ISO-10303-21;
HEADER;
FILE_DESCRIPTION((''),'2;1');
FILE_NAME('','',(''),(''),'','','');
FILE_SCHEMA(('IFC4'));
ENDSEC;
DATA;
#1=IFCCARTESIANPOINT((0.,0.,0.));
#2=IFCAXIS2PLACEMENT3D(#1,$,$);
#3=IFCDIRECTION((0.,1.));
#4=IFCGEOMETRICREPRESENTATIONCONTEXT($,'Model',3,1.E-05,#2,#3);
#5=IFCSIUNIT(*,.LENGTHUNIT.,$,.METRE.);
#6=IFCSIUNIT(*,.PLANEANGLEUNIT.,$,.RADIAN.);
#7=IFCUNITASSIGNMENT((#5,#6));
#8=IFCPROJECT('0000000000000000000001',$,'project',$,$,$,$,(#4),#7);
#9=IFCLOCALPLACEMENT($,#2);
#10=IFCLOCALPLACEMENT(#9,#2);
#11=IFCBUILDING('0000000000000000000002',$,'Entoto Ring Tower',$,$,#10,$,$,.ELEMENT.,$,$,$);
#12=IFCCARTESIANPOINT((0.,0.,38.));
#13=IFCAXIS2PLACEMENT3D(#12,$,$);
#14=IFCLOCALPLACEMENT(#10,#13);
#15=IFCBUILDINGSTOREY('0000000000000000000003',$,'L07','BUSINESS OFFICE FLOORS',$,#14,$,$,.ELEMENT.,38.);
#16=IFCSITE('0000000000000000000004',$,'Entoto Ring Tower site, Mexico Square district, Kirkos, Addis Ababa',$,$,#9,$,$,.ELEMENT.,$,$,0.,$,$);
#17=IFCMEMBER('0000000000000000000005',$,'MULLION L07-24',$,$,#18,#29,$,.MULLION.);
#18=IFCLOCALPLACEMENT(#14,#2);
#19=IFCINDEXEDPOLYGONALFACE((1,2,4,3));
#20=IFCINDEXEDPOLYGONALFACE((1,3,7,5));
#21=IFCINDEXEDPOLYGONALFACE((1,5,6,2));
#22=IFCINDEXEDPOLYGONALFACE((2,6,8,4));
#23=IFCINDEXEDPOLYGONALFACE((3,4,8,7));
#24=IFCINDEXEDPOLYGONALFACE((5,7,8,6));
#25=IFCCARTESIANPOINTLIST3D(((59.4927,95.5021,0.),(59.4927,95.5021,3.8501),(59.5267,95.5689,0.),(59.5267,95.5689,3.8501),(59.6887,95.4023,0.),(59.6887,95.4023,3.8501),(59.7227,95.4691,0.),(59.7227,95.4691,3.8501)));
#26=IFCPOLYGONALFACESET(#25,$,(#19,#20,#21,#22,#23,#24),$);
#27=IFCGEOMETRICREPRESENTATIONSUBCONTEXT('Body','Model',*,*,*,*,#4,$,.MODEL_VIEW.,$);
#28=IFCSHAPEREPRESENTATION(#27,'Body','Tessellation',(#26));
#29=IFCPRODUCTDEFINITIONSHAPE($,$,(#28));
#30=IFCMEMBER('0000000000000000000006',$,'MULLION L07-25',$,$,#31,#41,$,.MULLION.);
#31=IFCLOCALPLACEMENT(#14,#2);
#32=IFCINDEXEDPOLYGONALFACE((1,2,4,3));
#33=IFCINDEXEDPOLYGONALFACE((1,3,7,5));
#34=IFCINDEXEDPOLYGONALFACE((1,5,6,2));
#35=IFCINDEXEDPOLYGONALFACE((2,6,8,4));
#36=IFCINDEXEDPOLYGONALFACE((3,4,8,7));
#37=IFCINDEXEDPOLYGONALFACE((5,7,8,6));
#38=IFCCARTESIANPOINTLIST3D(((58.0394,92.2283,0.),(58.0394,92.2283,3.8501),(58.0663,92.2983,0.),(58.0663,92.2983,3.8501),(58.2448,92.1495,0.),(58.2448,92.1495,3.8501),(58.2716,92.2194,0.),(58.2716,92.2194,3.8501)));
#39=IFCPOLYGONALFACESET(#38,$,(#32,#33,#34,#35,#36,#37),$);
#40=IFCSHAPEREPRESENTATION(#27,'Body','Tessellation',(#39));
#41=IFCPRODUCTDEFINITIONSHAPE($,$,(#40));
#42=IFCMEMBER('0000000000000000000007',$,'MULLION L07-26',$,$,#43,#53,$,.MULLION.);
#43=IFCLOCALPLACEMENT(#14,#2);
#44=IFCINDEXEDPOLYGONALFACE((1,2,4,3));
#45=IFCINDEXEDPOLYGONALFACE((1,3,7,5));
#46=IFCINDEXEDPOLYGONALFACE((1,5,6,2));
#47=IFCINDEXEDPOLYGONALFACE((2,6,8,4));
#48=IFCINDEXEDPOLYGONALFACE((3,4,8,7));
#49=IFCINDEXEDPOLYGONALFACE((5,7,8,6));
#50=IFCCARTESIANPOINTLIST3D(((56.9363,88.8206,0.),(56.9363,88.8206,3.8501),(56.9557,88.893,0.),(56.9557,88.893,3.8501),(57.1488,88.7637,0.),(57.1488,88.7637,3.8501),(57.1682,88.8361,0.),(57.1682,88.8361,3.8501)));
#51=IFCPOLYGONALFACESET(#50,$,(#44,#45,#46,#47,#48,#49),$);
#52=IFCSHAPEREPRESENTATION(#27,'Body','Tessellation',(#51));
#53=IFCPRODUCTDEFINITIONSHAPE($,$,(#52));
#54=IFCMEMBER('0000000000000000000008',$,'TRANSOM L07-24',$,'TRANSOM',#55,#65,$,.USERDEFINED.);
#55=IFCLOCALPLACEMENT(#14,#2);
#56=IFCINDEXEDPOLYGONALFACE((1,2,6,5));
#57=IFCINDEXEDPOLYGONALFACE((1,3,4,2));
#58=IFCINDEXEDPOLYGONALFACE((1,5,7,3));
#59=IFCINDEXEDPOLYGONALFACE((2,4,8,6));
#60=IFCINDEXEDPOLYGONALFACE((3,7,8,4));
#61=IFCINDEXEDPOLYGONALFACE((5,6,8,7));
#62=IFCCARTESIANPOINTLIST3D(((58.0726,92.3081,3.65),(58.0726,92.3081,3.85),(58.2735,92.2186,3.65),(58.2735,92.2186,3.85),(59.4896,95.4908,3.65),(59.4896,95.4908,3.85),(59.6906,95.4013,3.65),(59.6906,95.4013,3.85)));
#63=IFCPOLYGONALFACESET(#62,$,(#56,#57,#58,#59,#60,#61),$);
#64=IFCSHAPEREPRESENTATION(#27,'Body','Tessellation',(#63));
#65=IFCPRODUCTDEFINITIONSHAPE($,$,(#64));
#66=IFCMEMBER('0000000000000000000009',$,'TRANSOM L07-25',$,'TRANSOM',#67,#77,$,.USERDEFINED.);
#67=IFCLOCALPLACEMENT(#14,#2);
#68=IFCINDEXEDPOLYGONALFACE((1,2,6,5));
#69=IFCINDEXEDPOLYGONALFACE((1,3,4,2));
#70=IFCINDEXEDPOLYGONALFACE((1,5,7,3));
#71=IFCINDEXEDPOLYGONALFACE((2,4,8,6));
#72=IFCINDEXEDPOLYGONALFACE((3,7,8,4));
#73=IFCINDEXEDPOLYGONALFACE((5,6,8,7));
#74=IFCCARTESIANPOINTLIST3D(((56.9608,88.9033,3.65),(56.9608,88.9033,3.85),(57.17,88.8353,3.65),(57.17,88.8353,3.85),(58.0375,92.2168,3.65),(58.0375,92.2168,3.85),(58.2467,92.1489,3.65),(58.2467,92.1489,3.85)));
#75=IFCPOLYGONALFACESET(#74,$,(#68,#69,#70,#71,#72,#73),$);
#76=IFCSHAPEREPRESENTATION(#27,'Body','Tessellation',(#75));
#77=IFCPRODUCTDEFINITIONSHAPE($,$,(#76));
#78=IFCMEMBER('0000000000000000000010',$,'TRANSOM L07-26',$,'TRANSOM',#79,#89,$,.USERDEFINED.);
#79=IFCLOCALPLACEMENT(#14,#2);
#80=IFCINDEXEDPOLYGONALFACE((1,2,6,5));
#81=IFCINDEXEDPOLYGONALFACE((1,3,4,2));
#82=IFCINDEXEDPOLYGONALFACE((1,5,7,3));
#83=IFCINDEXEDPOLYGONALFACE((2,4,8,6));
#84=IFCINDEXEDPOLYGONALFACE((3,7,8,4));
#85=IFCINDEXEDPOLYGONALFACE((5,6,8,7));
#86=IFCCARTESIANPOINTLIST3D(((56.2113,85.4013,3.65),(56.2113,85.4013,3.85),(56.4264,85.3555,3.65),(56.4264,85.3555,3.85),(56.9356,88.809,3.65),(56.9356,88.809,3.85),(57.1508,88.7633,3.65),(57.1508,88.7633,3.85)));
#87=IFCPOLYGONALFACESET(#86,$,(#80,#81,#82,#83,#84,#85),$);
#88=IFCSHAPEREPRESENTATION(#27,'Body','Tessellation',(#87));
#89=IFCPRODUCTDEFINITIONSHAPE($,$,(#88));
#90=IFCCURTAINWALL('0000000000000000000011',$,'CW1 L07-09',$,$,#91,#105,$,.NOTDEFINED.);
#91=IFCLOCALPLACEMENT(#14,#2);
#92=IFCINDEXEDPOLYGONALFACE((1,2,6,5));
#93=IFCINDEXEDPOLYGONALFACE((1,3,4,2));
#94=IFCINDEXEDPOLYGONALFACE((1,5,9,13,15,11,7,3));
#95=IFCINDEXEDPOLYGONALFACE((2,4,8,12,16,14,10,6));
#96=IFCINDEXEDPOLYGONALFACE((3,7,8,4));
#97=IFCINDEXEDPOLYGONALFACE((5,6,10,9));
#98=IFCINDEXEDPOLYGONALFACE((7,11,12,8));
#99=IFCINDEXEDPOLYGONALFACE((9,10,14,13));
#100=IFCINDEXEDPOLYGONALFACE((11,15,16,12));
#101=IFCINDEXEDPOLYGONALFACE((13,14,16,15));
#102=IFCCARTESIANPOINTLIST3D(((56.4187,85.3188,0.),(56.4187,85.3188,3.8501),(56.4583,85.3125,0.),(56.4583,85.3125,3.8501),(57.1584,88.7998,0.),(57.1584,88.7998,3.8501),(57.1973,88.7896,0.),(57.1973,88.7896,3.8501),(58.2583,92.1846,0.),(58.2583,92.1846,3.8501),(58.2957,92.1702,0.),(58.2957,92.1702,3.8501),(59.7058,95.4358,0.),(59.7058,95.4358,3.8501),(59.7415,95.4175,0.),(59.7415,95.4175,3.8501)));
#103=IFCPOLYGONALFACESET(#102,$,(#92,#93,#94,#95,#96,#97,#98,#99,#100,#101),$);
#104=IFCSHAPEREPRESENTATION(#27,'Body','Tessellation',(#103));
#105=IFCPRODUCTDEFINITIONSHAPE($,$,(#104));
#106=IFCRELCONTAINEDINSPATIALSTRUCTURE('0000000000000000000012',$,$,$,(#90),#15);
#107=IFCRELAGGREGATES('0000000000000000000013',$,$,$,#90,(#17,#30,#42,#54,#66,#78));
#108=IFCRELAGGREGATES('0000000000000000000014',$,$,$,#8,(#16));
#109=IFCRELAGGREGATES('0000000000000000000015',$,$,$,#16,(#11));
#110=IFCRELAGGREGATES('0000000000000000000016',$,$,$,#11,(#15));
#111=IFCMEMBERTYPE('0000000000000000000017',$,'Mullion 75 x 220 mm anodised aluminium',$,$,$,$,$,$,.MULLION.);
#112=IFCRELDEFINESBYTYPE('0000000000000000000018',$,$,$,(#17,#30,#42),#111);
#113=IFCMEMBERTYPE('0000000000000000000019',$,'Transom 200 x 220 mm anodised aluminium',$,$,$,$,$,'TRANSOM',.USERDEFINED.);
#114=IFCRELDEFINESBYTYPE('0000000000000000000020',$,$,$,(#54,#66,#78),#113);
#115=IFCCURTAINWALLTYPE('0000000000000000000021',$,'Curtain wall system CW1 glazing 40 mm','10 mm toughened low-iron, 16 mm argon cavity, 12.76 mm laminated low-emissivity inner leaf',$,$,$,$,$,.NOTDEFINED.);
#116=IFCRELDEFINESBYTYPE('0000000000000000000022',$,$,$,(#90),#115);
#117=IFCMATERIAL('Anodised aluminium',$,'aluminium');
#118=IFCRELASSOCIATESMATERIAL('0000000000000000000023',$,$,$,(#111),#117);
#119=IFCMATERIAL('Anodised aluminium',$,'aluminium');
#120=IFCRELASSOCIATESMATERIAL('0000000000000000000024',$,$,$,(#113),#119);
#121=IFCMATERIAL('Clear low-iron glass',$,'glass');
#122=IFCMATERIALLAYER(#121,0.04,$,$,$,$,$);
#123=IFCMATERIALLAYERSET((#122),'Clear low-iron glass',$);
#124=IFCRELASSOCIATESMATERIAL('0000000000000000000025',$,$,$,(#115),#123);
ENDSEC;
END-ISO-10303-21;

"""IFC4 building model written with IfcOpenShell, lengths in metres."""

from ifc_helpers import new_model, si_unit, direction, frame, origin, origin_2d, place, context, subcontext, project, spatial, polyline, rectangle, outline, extrude, material, layer, layer_set, material_profile, profile_set, type_object, element, aggregate, save


model = new_model("IFC4")

# Units and contexts
model_context = context("Model", 3, precision=1e-05, world=origin(), true_north=direction((0.0, 1.0)))
body_context = subcontext(model_context, "Body", "Model", "MODEL_VIEW")
ifc_project = project(units=[si_unit("LENGTHUNIT", "METRE"), si_unit("PLANEANGLEUNIT", "RADIAN")], contexts=[model_context])

# Members
ifc_material_1 = material(Name="Anodised aluminium", Category="aluminium")
ifc_material_profile_1 = material_profile(ifc_material_1, rectangle(XDim=0.075, YDim=0.22, at=origin_2d()), Name="Mullion 75 x 220 mm anodised aluminium")
ifc_profile_set_1 = profile_set([ifc_material_profile_1], Name="Anodised aluminium")
member_type_1 = type_object("IfcMemberType", Name="Mullion 75 x 220 mm anodised aluminium", PredefinedType="MULLION", material=ifc_profile_set_1)
site_placement = place(None, origin())
building_placement = place(site_placement, origin())
storey_placement = place(building_placement, frame((0.0, 0.0, 38.0)))
member_1_placement = place(storey_placement, frame((59.6077, 95.4856, 0.0), z_axis=(0.0, 0.0, 1.0), x_axis=(-0.45399, -0.891007, 0.0)))
member_1 = element("IfcMember", 1, at=member_1_placement, type_object=member_type_1, Name="MULLION L07-24", PredefinedType="MULLION", context=body_context, shape_type="SweptSolid", body=[
    extrude(rectangle(XDim=0.075, YDim=0.22, at=origin_2d()), origin(), (0.0, 0.0, 1.0), 3.8501),
])
member_2_placement = place(storey_placement, frame((58.1555, 92.2239, 0.0), z_axis=(0.0, 0.0, 1.0), x_axis=(-0.358368, -0.93358, 0.0)))
member_2 = element("IfcMember", 2, at=member_2_placement, type_object=member_type_1, Name="MULLION L07-25", PredefinedType="MULLION", context=body_context, shape_type="SweptSolid", body=[
    extrude(rectangle(XDim=0.075, YDim=0.22, at=origin_2d()), origin(), (0.0, 0.0, 1.0), 3.8501),
])
member_3_placement = place(storey_placement, frame((57.0522, 88.8284, 0.0), z_axis=(0.0, 0.0, 1.0), x_axis=(-0.258819, -0.965926, 0.0)))
member_3 = element("IfcMember", 3, at=member_3_placement, type_object=member_type_1, Name="MULLION L07-26", PredefinedType="MULLION", context=body_context, shape_type="SweptSolid", body=[
    extrude(rectangle(XDim=0.075, YDim=0.22, at=origin_2d()), origin(), (0.0, 0.0, 1.0), 3.8501),
])
ifc_material_2 = material(Name="Anodised aluminium", Category="aluminium")
ifc_material_profile_2 = material_profile(ifc_material_2, rectangle(XDim=0.22, YDim=0.2, at=origin_2d()), Name="Transom 200 x 220 mm anodised aluminium")
ifc_profile_set_2 = profile_set([ifc_material_profile_2], Name="Anodised aluminium")
member_type_2 = type_object("IfcMemberType", Name="Transom 200 x 220 mm anodised aluminium", ElementType="TRANSOM", PredefinedType="USERDEFINED", material=ifc_profile_set_2)
member_4_placement = place(storey_placement, frame((59.5901, 95.446, 3.75), z_axis=(-0.406737, -0.913545, 0.0), x_axis=(0.913545, -0.406737, 0.0)))
member_4 = element("IfcMember", 4, at=member_4_placement, type_object=member_type_2, Name="TRANSOM L07-24", ObjectType="TRANSOM", PredefinedType="USERDEFINED", context=body_context, shape_type="SweptSolid", body=[
    extrude(rectangle(XDim=0.22, YDim=0.2, at=origin_2d()), origin(), (0.0, 0.0, 1.0), 3.4839),
])
member_5_placement = place(storey_placement, frame((58.1421, 92.1829, 3.75), z_axis=(-0.309029, -0.951053, 0.0), x_axis=(0.951053, -0.309029, 0.0)))
member_5 = element("IfcMember", 5, at=member_5_placement, type_object=member_type_2, Name="TRANSOM L07-25", ObjectType="TRANSOM", PredefinedType="USERDEFINED", context=body_context, shape_type="SweptSolid", body=[
    extrude(rectangle(XDim=0.22, YDim=0.2, at=origin_2d()), origin(), (0.0, 0.0, 1.0), 3.4841),
])
member_6_placement = place(storey_placement, frame((57.0432, 88.7861, 3.75), z_axis=(-0.207921, -0.978146, 0.0), x_axis=(0.978146, -0.207921, 0.0)))
member_6 = element("IfcMember", 6, at=member_6_placement, type_object=member_type_2, Name="TRANSOM L07-26", ObjectType="TRANSOM", PredefinedType="USERDEFINED", context=body_context, shape_type="SweptSolid", body=[
    extrude(rectangle(XDim=0.22, YDim=0.2, at=origin_2d()), origin(), (0.0, 0.0, 1.0), 3.4839),
])

# Site, building, storey
site = spatial("IfcSite", under=ifc_project, at=site_placement, Name="Entoto Ring Tower site, Mexico Square district, Kirkos, Addis Ababa", CompositionType="ELEMENT", RefElevation=0.0)
building = spatial("IfcBuilding", under=site, at=building_placement, Name="Entoto Ring Tower", CompositionType="ELEMENT")
storey = spatial("IfcBuildingStorey", under=building, at=storey_placement, Name="L07", Description="BUSINESS OFFICE FLOORS", CompositionType="ELEMENT", Elevation=38.0)

# Curtain wall
ifc_material_3 = material(Name="Clear low-iron glass", Category="glass")
ifc_layer = layer(ifc_material_3, 0.04)
ifc_layer_set = layer_set([ifc_layer], Name="Clear low-iron glass")
curtain_wall_type = type_object("IfcCurtainWallType", Name="Curtain wall system CW1 glazing 40 mm", Description="10 mm toughened low-iron, 16 mm argon cavity, 12.76 mm laminated low-emissivity inner leaf", PredefinedType="NOTDEFINED", material=ifc_layer_set)
curtain_wall_1_placement = place(storey_placement, origin())
curtain_wall_1 = element("IfcCurtainWall", 7, at=curtain_wall_1_placement, inside=storey, type_object=curtain_wall_type, Name="CW1 L07-09", PredefinedType="NOTDEFINED", context=body_context, shape_type="SweptSolid", body=[
    extrude(outline(polyline([(59.7058, 95.4358), (58.2583, 92.1846), (57.1584, 88.7998), (56.4187, 85.3188), (56.4583, 85.3125), (57.1973, 88.7896), (58.2957, 92.1702), (59.7415, 95.4175), (59.7058, 95.4358)])), origin(), (0.0, 0.0, 1.0), 3.8501),
])
aggregate(curtain_wall_1, [member_1, member_2, member_3, member_4, member_5, member_6])

save(model, "model.ifc")
